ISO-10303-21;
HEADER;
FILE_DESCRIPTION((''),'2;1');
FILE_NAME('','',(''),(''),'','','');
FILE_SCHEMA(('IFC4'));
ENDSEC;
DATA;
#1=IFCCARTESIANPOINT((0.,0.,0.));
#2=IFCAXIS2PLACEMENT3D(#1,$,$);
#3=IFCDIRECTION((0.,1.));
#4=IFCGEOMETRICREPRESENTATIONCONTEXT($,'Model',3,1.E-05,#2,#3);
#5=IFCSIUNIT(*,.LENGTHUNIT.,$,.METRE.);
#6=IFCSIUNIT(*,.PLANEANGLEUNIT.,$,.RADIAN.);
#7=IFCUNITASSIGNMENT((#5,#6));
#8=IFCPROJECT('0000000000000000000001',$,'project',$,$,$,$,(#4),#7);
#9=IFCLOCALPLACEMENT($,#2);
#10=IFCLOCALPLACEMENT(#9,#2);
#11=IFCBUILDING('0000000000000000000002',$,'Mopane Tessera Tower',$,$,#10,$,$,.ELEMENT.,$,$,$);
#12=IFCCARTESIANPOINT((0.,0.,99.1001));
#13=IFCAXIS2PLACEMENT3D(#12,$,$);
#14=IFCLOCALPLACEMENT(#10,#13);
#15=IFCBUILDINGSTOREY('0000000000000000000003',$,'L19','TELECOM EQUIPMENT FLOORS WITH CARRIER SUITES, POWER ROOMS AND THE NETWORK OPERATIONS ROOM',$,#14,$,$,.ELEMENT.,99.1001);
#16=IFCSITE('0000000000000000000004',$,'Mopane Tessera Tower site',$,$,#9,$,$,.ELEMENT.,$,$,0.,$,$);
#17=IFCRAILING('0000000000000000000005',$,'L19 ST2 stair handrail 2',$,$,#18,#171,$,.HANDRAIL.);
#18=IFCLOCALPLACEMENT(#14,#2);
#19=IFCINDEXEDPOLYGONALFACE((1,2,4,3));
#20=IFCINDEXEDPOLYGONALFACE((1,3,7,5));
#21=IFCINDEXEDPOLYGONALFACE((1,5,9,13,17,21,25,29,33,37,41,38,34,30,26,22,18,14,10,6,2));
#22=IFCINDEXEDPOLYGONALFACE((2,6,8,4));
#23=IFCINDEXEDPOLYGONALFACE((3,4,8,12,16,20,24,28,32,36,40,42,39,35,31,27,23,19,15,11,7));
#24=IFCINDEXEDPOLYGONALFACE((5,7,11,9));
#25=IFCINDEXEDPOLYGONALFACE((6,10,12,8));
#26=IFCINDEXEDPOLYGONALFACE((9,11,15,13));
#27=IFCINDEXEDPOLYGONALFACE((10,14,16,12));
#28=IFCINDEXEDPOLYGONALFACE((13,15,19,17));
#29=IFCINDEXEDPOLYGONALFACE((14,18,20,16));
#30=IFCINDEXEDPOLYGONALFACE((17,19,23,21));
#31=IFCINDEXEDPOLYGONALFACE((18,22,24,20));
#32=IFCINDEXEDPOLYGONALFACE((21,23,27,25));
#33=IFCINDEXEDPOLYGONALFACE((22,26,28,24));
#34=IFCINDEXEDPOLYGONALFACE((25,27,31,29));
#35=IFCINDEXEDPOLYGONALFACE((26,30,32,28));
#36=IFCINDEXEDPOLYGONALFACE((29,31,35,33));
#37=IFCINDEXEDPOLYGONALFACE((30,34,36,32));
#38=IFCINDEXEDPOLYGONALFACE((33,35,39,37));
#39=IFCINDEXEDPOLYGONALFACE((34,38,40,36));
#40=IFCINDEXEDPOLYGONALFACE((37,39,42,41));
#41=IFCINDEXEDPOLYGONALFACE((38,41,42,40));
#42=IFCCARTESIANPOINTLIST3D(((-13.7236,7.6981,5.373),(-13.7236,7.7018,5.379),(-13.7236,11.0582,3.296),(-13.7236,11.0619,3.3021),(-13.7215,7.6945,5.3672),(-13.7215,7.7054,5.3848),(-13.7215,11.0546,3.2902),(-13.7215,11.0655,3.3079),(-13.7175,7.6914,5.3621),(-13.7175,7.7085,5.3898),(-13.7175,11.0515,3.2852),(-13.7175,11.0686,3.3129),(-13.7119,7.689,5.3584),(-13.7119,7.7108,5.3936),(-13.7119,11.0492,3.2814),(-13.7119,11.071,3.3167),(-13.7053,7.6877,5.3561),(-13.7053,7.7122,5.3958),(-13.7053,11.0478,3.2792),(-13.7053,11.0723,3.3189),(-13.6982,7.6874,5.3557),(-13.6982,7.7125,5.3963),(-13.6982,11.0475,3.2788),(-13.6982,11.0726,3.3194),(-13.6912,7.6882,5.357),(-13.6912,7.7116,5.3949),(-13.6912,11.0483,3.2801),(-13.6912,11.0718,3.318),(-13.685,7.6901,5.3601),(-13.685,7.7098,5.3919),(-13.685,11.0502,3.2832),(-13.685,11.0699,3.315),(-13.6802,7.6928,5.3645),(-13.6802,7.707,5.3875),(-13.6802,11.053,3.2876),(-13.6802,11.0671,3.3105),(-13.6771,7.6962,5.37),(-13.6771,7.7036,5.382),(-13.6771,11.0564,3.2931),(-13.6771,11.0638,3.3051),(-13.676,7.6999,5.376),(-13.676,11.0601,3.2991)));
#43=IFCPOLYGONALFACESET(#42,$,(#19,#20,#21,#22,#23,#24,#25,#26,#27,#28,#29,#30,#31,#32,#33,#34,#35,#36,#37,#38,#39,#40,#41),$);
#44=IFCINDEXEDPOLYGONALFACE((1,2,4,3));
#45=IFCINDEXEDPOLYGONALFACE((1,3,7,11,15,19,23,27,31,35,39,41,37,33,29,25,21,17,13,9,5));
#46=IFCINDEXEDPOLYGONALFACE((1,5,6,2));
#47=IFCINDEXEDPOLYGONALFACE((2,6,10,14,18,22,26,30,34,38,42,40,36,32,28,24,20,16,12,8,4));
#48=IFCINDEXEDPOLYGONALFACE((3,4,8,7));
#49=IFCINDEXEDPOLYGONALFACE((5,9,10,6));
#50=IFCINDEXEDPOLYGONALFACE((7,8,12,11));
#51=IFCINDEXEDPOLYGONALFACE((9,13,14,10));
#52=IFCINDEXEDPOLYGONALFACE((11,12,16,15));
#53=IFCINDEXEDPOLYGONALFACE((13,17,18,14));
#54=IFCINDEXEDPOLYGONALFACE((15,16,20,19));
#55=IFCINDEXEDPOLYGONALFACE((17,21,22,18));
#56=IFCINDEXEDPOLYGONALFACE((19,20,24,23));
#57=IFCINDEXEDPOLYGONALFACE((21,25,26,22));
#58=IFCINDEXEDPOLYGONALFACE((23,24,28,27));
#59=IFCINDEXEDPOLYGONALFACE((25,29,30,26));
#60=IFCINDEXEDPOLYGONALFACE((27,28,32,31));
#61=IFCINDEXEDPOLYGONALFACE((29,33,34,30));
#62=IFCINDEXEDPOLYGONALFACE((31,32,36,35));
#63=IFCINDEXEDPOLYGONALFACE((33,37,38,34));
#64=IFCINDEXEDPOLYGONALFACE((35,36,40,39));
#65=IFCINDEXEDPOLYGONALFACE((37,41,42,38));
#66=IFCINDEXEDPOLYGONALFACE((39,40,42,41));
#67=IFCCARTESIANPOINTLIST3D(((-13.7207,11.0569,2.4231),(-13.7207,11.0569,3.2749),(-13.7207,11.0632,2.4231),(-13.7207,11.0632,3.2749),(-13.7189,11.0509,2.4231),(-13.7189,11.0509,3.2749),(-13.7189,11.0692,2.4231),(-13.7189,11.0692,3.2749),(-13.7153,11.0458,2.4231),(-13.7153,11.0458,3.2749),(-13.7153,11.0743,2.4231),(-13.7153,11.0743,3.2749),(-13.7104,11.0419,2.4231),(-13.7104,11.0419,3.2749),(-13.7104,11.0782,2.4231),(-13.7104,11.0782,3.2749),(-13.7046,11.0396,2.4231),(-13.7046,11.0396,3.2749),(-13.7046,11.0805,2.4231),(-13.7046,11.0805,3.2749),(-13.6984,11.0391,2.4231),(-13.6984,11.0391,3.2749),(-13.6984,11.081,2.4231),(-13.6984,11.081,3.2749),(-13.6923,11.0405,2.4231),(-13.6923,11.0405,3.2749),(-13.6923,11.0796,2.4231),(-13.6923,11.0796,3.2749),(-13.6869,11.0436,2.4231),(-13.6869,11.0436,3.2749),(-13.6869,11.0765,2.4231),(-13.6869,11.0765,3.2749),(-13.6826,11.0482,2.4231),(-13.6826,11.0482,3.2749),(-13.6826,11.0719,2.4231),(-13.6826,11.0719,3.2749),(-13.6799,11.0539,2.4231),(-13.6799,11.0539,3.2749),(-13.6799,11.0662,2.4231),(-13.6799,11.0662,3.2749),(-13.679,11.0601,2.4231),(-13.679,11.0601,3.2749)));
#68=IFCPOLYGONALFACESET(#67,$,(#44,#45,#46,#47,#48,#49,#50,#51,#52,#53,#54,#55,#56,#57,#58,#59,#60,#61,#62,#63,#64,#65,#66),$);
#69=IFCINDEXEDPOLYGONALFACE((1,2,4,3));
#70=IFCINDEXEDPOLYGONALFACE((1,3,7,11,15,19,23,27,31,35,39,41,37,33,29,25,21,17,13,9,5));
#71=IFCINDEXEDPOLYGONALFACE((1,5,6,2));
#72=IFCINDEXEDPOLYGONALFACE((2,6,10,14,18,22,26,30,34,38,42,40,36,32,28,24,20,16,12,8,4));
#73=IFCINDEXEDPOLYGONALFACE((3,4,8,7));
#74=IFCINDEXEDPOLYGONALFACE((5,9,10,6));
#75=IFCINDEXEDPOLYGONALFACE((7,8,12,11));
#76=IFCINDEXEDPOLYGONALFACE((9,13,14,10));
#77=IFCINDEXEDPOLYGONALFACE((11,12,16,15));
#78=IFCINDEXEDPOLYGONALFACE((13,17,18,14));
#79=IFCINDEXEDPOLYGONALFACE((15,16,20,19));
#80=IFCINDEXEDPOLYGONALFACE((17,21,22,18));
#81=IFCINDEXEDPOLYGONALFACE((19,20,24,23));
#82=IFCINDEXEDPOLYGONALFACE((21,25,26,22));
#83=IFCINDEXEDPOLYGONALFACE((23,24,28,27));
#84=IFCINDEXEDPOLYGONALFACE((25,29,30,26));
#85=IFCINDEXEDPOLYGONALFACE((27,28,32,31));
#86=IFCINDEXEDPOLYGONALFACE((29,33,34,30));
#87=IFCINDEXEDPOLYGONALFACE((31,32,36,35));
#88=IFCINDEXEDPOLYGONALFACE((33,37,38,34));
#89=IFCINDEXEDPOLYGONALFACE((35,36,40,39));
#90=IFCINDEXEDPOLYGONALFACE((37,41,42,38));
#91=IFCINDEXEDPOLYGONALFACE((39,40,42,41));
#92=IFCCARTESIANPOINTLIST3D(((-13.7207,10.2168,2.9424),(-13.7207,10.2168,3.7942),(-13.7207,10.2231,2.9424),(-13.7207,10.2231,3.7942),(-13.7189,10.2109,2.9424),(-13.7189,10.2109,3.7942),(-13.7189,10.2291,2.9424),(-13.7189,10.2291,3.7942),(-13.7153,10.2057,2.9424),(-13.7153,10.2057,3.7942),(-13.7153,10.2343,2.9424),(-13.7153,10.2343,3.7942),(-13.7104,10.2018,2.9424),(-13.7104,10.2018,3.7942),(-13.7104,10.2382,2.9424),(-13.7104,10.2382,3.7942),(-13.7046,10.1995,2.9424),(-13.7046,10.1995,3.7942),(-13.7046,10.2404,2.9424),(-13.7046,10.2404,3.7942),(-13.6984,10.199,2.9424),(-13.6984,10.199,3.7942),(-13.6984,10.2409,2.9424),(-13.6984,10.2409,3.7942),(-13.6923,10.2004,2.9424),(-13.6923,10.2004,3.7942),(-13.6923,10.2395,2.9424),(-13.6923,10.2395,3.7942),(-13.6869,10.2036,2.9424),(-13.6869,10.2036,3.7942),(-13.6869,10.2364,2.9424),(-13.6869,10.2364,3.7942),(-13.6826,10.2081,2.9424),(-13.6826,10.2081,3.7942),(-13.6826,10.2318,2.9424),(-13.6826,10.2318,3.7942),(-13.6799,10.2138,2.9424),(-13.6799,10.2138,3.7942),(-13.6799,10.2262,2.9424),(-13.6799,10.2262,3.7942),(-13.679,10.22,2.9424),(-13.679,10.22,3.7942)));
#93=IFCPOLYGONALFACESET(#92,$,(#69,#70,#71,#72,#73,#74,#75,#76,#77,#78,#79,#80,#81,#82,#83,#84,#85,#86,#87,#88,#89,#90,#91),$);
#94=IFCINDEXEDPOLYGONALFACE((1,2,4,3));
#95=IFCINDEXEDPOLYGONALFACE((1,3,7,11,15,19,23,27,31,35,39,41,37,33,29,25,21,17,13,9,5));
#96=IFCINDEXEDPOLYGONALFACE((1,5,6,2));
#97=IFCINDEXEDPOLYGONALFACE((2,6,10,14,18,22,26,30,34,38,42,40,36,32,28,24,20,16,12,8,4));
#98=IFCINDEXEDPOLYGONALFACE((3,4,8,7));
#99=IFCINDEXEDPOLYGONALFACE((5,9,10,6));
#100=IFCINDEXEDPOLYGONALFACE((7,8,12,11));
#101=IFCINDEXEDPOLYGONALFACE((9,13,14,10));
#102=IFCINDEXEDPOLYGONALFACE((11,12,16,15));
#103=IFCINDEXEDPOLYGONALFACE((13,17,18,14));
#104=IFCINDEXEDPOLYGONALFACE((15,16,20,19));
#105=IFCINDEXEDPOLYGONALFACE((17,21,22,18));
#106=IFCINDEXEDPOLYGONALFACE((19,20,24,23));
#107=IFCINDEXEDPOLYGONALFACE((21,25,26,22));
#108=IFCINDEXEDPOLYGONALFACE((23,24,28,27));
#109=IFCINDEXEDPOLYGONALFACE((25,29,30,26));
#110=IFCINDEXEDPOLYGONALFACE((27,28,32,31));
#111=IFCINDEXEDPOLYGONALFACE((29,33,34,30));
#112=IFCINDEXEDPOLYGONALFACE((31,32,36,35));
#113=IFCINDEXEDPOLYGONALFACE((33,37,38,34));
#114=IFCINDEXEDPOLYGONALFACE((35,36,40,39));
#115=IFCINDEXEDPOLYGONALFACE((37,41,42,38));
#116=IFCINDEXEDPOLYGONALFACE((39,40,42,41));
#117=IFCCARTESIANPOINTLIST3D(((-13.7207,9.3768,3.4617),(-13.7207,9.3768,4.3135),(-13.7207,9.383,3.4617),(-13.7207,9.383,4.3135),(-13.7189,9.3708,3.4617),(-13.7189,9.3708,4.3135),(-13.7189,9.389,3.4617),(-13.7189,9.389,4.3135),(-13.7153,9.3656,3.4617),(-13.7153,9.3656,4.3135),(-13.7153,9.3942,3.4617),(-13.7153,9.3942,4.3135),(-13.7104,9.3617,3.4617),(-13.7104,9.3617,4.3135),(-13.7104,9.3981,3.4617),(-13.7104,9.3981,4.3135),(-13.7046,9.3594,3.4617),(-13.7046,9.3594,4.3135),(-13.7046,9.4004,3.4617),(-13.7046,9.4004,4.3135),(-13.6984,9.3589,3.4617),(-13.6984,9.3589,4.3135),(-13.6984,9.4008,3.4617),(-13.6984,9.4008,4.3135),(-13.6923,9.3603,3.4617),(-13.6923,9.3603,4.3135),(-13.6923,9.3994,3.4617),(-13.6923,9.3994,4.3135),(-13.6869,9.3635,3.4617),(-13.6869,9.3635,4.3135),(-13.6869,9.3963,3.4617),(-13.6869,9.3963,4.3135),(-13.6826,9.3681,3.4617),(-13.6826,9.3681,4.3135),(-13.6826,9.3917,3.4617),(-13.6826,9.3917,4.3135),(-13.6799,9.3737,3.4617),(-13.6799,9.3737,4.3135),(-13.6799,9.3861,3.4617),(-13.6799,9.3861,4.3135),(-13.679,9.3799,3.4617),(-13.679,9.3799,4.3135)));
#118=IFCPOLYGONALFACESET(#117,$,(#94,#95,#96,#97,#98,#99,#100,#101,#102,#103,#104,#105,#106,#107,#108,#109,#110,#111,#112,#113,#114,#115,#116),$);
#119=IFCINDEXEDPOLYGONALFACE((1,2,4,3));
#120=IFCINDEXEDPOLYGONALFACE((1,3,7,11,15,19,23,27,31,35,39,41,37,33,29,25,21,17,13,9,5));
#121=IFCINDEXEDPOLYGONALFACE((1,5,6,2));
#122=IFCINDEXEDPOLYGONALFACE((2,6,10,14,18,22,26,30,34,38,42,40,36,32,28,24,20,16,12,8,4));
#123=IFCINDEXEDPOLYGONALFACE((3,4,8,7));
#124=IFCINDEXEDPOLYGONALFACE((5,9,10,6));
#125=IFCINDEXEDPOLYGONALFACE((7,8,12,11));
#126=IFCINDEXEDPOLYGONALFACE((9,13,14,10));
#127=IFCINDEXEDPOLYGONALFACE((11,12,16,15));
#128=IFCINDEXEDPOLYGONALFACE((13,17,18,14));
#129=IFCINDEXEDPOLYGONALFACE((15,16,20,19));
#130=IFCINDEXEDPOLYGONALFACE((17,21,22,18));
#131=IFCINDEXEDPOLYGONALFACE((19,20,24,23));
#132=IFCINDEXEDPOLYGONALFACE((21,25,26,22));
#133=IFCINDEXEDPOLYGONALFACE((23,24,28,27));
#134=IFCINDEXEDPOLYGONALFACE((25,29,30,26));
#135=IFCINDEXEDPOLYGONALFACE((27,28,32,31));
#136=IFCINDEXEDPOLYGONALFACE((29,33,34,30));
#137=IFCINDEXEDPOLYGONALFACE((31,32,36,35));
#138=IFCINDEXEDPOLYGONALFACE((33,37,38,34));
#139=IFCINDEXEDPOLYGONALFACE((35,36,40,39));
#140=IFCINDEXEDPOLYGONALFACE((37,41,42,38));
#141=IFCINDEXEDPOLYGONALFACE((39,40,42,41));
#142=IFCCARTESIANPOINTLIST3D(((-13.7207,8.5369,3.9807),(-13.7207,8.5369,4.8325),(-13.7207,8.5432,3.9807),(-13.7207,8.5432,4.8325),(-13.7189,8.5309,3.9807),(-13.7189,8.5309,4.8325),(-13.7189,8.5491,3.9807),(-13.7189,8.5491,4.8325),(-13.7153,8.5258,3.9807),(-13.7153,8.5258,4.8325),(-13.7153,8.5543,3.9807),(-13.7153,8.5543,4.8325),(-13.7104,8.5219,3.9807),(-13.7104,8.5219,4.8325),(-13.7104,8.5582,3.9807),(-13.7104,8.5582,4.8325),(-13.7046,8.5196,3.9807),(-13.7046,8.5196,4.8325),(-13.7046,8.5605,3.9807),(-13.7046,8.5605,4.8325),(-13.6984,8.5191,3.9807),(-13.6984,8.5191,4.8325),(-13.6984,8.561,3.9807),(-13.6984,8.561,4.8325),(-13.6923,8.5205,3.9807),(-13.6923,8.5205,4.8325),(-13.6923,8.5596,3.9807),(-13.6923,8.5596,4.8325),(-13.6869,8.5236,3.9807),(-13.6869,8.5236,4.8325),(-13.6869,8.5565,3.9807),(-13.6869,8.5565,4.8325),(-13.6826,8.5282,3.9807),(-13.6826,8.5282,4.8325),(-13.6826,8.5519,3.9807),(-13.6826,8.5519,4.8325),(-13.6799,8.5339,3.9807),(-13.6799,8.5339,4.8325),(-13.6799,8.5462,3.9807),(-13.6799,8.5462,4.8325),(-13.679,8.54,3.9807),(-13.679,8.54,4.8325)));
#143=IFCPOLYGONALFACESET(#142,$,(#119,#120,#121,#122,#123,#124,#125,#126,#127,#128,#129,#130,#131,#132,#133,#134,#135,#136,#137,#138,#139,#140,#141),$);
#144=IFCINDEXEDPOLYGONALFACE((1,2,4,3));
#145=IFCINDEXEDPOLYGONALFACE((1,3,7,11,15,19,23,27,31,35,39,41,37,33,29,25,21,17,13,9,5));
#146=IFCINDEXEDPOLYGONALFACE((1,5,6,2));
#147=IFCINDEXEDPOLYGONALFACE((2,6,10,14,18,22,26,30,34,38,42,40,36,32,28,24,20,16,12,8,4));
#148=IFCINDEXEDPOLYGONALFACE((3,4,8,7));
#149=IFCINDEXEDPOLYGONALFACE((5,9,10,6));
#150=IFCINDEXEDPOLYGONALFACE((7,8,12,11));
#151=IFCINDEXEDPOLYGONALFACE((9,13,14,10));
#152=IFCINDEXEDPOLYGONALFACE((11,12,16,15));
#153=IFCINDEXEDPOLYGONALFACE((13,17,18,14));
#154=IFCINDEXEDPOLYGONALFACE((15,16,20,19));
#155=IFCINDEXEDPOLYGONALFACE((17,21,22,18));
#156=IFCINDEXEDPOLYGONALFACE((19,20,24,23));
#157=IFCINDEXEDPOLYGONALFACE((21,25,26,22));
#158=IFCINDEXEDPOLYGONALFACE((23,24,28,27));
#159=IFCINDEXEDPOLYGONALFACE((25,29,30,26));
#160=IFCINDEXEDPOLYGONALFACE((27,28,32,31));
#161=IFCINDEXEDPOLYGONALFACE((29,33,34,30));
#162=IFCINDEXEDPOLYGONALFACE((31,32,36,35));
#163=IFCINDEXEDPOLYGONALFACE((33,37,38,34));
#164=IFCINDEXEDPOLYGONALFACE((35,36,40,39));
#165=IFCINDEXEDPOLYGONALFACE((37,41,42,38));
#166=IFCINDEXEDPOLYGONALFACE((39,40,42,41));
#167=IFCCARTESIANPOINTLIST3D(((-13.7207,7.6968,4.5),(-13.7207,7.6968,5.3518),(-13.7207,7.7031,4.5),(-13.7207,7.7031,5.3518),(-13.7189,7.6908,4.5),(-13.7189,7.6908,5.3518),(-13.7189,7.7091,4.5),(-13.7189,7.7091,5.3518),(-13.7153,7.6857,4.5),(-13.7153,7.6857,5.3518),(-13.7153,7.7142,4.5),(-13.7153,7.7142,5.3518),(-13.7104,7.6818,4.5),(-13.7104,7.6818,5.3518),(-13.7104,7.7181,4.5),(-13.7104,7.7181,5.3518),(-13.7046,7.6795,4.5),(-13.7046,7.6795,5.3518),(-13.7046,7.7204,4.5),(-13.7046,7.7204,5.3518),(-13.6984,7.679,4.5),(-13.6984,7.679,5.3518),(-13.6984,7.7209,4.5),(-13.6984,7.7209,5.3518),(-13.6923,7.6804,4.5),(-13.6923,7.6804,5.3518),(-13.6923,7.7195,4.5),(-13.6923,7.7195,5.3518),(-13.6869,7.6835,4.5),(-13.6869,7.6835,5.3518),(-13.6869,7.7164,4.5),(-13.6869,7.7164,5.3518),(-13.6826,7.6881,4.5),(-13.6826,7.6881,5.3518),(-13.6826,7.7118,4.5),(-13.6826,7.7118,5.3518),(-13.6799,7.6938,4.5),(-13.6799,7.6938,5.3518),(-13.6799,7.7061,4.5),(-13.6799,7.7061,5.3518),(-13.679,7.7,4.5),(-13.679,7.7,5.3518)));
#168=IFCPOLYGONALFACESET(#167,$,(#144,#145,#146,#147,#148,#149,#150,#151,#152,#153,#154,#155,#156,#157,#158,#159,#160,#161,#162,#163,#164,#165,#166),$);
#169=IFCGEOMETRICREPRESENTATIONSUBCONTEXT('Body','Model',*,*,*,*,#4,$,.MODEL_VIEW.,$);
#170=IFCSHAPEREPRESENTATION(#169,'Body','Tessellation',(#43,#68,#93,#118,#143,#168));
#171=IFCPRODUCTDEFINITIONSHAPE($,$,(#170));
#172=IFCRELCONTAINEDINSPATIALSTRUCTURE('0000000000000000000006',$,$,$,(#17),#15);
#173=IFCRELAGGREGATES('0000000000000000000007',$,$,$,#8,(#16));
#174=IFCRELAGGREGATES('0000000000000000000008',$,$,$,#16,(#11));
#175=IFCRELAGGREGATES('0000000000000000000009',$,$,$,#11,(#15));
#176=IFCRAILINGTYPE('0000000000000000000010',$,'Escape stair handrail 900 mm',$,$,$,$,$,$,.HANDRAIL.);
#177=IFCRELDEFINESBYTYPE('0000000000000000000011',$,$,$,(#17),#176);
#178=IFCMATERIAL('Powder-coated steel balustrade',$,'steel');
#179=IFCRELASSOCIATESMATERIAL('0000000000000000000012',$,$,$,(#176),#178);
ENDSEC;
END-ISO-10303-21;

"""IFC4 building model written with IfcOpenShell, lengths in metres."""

from ifc_helpers import new_model, si_unit, direction, frame, origin, origin_2d, place, context, subcontext, project, spatial, circle, extrude, material, type_object, element, save


model = new_model("IFC4")

# Units and contexts
model_context = context("Model", 3, precision=1e-05, world=origin(), true_north=direction((0.0, 1.0)))
body_context = subcontext(model_context, "Body", "Model", "MODEL_VIEW")
ifc_project = project(units=[si_unit("LENGTHUNIT", "METRE"), si_unit("PLANEANGLEUNIT", "RADIAN")], contexts=[model_context])

# Site, building, storey
site_placement = place(None, origin())
site = spatial("IfcSite", under=ifc_project, at=site_placement, Name="Mopane Tessera Tower site", CompositionType="ELEMENT", RefElevation=0.0)
building_placement = place(site_placement, origin())
building = spatial("IfcBuilding", under=site, at=building_placement, Name="Mopane Tessera Tower", CompositionType="ELEMENT")
storey_placement = place(building_placement, frame((0.0, 0.0, 99.1001)))
storey = spatial("IfcBuildingStorey", under=building, at=storey_placement, Name="L19", Description="TELECOM EQUIPMENT FLOORS WITH CARRIER SUITES, POWER ROOMS AND THE NETWORK OPERATIONS ROOM", CompositionType="ELEMENT", Elevation=99.1001)

# Railing
ifc_material_1 = material(Name="Powder-coated steel balustrade", Category="steel")
railing_type_1 = type_object("IfcRailingType", Name="Escape stair handrail 900 mm", PredefinedType="HANDRAIL", material=ifc_material_1)
railing_1_placement = place(storey_placement, frame((-13.7, 11.0601, 2.4231)))
element("IfcRailing", 1, at=railing_1_placement, inside=storey, type_object=railing_type_1, Name="L19 ST2 stair handrail 2", PredefinedType="HANDRAIL", context=body_context, shape_type="SweptSolid", body=[
    extrude(circle(Radius=0.0239, at=origin_2d()), frame((0.0, 0.0, 0.876), z_axis=(0.0, -0.850623, 0.525776), x_axis=(1.0, 0.0, 0.0)), (0.0, 0.0, 1.0), 3.9502),
    extrude(circle(Radius=0.021, at=origin_2d()), origin(), (0.0, 0.0, 1.0), 0.8518),
    extrude(circle(Radius=0.021, at=origin_2d()), frame((0.0, -0.8401, 0.5193)), (0.0, 0.0, 1.0), 0.8518),
    extrude(circle(Radius=0.021, at=origin_2d()), frame((0.0, -1.6802, 1.0386)), (0.0, 0.0, 1.0), 0.8518),
    extrude(circle(Radius=0.021, at=origin_2d()), frame((0.0, -2.52, 1.5576)), (0.0, 0.0, 1.0), 0.8518),
    extrude(circle(Radius=0.021, at=origin_2d()), frame((0.0, -3.3601, 2.0769)), (0.0, 0.0, 1.0), 0.8518),
])

save(model, "model.ifc")
